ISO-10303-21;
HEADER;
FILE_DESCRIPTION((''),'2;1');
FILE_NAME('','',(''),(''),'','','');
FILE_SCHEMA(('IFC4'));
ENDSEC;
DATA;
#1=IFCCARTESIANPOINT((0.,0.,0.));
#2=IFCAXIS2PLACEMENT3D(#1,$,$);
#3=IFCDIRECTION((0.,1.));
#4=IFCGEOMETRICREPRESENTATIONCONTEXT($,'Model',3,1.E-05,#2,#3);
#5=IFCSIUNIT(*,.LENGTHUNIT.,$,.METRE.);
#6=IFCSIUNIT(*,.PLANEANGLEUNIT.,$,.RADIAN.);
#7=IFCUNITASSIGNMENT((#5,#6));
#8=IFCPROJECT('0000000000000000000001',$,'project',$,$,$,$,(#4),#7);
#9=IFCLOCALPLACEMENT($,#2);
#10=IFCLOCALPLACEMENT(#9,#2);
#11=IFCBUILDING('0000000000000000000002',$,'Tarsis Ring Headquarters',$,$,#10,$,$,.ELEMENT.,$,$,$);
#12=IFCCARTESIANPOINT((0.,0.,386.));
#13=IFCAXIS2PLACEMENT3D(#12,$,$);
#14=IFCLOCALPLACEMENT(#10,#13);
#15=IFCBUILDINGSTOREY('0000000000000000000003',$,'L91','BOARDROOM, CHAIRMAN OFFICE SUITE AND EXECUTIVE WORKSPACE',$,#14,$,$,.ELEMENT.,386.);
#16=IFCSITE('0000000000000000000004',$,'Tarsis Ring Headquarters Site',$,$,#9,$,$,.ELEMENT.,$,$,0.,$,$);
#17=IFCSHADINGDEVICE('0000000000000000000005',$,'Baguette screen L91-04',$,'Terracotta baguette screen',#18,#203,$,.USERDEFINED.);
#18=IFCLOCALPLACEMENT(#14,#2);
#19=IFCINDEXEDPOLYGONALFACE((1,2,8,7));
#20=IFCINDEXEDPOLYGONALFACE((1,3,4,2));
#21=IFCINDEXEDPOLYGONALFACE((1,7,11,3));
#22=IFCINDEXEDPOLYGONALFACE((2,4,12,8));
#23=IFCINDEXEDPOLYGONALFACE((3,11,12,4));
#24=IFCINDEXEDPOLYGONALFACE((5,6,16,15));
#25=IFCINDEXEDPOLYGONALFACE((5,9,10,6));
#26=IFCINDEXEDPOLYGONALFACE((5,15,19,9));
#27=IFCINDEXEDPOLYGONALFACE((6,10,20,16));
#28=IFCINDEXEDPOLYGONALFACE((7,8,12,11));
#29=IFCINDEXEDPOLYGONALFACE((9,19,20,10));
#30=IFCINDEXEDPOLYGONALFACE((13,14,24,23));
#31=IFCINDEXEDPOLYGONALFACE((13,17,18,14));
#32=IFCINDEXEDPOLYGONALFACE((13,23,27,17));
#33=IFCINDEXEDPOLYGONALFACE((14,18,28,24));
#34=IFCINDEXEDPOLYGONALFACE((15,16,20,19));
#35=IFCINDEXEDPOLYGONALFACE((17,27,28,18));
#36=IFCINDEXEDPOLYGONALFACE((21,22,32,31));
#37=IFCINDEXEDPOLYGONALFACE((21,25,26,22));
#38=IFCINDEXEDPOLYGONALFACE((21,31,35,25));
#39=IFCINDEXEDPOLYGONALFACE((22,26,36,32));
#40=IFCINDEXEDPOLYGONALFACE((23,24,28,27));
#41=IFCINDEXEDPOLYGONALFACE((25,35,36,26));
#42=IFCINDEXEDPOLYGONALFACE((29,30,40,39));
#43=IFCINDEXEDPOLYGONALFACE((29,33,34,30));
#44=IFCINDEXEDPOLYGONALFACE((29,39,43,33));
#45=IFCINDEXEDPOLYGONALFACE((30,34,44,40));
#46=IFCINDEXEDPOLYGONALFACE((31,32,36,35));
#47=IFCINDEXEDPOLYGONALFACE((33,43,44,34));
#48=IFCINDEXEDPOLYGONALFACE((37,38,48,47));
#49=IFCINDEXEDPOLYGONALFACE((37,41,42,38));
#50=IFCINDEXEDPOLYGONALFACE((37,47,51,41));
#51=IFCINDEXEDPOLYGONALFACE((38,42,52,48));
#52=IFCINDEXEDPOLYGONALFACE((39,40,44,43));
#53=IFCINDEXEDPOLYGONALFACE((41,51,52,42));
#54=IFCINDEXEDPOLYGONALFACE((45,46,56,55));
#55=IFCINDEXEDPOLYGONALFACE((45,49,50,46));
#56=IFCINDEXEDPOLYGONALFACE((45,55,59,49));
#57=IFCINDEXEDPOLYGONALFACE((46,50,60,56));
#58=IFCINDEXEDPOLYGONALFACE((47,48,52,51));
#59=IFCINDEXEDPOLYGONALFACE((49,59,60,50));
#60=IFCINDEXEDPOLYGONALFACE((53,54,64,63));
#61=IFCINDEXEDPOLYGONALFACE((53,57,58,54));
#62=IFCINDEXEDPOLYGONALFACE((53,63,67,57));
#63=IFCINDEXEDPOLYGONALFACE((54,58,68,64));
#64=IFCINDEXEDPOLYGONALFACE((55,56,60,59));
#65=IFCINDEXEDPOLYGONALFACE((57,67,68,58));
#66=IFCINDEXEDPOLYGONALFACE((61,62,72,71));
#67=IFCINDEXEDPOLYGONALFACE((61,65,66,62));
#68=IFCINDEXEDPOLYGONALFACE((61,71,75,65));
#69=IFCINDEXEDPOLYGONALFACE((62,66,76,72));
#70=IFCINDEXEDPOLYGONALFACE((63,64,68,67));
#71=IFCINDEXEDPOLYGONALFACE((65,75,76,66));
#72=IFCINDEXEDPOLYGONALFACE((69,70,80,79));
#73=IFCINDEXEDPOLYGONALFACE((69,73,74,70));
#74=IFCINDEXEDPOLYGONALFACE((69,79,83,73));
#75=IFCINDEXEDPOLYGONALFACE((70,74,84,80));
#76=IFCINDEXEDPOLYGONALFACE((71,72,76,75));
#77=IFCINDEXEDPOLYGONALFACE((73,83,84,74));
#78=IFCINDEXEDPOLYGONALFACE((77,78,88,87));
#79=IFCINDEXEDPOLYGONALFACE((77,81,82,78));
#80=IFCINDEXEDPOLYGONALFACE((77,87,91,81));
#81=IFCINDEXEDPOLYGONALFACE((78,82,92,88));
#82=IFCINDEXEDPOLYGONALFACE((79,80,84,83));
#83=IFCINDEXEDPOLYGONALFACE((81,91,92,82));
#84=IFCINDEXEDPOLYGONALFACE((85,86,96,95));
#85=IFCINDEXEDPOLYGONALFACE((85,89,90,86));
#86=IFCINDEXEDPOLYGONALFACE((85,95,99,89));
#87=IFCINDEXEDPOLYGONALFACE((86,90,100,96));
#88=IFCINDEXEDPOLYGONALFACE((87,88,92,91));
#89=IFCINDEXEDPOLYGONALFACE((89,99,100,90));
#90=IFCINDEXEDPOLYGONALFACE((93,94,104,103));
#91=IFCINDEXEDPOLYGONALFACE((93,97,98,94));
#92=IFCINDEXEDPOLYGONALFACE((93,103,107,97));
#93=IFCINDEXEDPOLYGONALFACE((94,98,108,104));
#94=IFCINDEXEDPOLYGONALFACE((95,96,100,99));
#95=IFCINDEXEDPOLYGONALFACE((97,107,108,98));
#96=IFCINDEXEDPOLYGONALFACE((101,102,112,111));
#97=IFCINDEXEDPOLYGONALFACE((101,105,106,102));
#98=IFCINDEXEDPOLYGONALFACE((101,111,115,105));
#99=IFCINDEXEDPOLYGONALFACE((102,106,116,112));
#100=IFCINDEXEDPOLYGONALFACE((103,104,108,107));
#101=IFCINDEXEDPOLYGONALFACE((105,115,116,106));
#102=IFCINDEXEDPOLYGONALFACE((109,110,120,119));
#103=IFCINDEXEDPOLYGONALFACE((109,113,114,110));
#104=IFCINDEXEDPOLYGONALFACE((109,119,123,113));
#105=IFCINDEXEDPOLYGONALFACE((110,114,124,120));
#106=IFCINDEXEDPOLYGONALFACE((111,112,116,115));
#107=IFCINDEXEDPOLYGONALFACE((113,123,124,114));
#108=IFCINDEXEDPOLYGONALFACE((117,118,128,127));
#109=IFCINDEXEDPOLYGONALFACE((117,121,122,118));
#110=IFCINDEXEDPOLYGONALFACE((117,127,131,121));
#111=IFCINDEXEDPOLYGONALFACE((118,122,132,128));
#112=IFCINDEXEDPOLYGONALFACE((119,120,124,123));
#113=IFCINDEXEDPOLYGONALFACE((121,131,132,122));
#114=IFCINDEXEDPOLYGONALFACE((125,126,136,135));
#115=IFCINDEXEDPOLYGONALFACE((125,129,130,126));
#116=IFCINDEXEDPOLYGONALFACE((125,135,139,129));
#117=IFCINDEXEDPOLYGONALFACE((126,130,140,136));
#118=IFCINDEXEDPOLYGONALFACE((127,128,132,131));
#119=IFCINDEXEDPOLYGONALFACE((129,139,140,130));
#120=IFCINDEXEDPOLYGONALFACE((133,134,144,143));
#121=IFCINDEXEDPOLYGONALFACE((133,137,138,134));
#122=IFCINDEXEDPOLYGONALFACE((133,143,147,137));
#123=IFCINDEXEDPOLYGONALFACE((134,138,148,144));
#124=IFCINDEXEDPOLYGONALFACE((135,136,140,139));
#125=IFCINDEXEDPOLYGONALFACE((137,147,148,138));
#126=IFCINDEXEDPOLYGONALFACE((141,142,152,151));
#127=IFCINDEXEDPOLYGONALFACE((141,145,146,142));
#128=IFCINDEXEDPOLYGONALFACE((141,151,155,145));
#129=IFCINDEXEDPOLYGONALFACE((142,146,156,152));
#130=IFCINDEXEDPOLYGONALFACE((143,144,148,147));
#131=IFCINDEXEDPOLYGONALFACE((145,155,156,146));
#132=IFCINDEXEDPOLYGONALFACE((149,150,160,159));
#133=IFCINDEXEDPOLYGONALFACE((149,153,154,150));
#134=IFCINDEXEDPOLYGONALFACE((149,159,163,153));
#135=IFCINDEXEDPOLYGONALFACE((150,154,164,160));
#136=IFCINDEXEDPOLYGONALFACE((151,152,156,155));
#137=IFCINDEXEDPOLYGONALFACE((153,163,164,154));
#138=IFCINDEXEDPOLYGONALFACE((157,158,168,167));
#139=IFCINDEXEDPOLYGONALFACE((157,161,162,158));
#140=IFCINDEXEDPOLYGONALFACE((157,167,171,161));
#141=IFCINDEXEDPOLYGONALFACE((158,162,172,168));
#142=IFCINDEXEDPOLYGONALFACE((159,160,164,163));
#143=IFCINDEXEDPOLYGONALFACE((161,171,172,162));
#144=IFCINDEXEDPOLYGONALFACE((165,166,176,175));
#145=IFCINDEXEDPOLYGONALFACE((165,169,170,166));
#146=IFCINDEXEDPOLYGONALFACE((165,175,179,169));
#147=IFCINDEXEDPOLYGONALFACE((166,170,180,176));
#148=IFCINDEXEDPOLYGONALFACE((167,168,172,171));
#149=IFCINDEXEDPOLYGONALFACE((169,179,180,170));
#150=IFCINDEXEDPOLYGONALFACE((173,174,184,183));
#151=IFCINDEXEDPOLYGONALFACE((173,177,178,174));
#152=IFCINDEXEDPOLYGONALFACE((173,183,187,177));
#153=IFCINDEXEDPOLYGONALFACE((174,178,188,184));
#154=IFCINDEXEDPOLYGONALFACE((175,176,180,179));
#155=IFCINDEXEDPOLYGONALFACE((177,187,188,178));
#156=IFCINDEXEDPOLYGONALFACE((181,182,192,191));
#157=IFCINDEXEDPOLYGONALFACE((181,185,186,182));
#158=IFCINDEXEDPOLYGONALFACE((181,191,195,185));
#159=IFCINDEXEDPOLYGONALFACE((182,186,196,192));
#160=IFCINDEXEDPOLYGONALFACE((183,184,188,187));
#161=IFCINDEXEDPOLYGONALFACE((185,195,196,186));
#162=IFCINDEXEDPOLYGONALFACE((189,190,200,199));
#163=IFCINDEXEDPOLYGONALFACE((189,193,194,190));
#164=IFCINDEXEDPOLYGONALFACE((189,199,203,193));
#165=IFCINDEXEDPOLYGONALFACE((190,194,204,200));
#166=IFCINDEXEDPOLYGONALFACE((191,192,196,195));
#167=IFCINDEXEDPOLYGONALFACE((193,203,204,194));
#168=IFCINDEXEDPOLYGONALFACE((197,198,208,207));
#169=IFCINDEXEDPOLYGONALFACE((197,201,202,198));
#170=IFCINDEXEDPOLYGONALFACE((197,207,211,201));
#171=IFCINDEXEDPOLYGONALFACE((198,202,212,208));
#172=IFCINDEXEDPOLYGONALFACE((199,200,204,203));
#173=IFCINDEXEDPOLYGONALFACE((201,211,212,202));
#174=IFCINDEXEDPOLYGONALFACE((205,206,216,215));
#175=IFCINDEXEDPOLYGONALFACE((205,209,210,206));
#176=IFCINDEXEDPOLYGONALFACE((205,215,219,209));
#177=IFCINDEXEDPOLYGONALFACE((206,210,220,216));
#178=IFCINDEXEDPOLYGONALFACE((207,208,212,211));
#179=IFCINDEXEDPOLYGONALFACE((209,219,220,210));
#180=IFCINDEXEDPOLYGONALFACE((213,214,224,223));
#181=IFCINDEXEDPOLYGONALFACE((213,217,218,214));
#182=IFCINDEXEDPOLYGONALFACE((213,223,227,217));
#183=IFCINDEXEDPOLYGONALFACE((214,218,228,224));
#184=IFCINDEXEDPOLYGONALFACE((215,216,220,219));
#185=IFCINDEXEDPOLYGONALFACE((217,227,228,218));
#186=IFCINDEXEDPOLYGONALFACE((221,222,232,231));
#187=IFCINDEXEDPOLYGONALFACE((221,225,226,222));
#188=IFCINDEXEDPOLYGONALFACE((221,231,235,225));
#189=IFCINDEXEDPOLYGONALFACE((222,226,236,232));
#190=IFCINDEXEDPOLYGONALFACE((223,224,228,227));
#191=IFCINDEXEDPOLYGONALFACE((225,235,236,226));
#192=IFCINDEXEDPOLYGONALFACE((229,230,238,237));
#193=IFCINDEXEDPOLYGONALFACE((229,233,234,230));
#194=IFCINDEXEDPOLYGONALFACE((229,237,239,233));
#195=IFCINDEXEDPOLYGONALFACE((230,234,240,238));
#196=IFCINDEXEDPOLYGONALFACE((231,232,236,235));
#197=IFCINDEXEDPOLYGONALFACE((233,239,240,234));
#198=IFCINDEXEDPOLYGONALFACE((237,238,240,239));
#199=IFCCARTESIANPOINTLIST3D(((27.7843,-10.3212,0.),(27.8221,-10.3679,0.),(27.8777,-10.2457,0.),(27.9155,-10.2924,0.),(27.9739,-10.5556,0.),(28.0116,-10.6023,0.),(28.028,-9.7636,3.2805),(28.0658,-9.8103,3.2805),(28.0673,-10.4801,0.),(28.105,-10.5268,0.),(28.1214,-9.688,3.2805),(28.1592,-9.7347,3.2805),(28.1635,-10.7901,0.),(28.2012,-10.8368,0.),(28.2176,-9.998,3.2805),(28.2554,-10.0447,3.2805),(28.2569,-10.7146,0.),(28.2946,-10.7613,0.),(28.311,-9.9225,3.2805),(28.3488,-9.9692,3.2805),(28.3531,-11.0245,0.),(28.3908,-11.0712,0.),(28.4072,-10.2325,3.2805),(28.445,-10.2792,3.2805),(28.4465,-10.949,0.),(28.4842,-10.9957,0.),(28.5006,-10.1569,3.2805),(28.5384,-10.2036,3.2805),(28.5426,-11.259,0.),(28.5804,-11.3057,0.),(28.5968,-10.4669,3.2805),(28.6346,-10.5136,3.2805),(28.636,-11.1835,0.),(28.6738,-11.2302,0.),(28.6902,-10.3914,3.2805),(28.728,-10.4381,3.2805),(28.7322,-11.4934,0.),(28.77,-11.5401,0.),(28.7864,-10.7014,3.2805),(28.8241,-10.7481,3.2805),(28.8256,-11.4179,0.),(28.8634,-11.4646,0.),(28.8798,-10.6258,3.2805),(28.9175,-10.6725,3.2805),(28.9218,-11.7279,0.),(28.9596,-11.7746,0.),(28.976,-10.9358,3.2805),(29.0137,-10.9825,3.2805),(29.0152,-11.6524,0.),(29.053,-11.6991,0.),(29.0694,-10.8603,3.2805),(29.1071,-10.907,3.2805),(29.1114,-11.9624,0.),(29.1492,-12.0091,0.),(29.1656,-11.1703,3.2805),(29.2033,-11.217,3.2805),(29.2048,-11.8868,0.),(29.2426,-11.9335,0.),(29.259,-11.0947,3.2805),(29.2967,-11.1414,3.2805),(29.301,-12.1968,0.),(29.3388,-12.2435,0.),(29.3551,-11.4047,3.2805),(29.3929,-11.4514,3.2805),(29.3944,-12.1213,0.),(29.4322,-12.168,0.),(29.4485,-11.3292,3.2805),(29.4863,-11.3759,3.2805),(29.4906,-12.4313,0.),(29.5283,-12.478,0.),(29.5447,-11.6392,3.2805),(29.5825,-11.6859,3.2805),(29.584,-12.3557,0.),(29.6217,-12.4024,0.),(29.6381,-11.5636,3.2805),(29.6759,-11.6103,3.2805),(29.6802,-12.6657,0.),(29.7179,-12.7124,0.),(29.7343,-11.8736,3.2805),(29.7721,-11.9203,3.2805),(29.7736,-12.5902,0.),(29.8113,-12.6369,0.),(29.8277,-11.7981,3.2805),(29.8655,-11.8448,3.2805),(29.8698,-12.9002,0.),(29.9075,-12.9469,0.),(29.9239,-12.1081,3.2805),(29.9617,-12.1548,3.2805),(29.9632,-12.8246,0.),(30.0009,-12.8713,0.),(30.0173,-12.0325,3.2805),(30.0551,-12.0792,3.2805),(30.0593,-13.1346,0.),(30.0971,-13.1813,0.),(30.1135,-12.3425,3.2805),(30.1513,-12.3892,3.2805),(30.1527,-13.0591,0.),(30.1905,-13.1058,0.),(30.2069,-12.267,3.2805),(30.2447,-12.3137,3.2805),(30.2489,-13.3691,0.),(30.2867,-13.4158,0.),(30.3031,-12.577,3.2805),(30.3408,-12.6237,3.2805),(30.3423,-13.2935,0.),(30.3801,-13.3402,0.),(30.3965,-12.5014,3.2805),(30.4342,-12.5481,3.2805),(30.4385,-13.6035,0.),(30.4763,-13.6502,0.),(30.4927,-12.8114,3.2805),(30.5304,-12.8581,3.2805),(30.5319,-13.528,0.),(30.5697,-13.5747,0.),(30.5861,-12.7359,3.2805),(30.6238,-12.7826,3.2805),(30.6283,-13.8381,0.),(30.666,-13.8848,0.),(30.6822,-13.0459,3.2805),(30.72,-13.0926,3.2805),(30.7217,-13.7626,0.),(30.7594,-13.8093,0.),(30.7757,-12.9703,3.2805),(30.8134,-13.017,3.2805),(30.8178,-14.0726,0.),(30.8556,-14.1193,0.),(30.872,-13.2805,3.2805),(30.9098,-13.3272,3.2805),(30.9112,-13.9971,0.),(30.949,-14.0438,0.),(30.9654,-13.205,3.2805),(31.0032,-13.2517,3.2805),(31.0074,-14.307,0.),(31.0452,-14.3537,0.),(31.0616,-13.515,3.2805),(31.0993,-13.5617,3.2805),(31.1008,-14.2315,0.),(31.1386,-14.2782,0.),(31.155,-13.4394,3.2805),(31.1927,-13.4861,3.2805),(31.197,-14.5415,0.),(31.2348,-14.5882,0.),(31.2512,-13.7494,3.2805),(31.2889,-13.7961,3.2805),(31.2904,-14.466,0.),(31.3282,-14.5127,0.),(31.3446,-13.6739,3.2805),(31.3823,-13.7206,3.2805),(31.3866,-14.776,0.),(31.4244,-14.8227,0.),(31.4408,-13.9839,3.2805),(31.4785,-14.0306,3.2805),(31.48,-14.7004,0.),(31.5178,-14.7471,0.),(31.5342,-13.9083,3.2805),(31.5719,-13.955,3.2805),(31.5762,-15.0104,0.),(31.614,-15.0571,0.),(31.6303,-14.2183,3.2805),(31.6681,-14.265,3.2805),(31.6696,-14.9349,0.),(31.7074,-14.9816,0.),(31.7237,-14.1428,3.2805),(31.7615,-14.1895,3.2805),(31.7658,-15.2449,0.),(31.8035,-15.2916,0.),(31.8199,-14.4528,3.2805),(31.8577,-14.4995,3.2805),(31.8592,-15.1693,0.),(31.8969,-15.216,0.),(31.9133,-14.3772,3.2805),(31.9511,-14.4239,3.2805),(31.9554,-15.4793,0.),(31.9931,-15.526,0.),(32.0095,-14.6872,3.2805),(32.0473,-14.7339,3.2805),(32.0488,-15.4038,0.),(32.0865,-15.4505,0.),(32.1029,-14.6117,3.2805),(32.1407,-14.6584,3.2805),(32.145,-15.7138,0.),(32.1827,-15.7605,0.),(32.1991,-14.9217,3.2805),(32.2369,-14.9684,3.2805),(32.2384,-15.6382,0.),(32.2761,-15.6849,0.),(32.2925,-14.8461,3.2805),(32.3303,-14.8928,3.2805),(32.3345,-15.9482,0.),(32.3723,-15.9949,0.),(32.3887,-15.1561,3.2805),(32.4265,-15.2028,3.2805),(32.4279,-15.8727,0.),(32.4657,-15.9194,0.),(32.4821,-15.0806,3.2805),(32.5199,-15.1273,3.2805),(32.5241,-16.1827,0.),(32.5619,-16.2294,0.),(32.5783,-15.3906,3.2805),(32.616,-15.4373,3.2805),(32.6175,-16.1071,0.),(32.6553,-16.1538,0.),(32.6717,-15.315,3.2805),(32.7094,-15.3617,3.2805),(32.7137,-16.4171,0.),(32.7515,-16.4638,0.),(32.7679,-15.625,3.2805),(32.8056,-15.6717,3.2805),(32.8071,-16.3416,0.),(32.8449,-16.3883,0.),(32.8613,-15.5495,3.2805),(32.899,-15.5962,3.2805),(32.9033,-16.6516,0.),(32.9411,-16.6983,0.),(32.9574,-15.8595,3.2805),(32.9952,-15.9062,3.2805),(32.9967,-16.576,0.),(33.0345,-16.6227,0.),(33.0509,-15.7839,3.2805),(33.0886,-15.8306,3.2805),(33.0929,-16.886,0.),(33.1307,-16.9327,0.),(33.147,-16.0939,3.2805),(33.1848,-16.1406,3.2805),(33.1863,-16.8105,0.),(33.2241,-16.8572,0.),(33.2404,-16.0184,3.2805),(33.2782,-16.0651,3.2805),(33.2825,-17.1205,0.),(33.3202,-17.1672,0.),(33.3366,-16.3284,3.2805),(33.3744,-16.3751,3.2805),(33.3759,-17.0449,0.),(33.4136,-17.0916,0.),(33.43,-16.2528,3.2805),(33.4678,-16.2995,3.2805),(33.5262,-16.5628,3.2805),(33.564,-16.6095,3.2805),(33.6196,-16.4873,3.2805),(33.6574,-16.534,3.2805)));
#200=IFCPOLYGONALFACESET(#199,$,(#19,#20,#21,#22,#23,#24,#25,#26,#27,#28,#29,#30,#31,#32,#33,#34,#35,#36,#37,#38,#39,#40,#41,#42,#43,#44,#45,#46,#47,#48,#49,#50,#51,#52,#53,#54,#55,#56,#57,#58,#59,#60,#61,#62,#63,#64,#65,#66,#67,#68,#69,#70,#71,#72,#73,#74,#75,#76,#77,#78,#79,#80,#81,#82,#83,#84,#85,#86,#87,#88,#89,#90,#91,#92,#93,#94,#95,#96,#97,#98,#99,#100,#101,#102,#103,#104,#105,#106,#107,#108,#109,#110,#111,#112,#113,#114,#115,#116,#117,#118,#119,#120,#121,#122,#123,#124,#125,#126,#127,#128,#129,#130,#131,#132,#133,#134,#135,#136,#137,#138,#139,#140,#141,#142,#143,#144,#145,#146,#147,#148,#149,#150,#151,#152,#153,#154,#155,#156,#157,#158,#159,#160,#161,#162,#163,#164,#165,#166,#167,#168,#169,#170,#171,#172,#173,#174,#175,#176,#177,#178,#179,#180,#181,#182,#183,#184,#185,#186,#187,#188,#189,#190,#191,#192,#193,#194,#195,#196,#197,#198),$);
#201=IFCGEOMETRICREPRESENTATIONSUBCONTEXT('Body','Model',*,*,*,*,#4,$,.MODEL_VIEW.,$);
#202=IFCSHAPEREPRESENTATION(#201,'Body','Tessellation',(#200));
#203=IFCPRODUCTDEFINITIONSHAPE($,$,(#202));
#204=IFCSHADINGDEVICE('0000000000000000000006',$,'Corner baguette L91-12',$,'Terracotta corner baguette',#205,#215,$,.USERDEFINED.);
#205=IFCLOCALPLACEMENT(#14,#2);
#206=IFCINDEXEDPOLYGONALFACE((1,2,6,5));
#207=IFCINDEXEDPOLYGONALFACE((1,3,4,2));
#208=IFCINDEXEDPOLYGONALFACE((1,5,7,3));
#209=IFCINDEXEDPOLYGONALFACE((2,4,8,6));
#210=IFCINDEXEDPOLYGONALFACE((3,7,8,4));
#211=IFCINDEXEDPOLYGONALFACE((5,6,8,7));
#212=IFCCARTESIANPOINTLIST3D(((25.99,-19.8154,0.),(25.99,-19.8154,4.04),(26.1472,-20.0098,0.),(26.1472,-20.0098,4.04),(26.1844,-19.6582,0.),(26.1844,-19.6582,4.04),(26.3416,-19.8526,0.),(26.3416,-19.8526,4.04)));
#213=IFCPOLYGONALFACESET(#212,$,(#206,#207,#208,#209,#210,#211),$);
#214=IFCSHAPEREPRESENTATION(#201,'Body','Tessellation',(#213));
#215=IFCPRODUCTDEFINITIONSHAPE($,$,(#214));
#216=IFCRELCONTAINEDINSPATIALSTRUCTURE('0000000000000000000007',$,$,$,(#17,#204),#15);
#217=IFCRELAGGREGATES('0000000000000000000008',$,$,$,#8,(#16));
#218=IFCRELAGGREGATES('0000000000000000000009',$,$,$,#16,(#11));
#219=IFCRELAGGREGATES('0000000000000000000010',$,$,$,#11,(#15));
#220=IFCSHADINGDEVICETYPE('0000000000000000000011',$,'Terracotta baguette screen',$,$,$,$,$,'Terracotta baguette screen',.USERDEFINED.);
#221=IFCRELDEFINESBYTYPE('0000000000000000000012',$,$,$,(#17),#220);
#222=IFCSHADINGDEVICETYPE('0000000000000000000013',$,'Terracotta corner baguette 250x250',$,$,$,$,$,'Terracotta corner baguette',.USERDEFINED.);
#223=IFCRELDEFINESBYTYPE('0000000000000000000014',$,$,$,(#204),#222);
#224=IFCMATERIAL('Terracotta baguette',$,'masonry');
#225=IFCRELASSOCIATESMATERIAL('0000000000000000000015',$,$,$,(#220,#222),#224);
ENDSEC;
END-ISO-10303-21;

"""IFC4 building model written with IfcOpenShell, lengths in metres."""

from ifc_helpers import new_model, si_unit, direction, frame, frame_2d, origin, origin_2d, place, context, subcontext, project, spatial, rectangle, composite_profile, extrude, material, type_object, element, save


model = new_model("IFC4")

# Units and contexts
model_context = context("Model", 3, precision=1e-05, world=origin(), true_north=direction((0.0, 1.0)))
body_context = subcontext(model_context, "Body", "Model", "MODEL_VIEW")
ifc_project = project(units=[si_unit("LENGTHUNIT", "METRE"), si_unit("PLANEANGLEUNIT", "RADIAN")], contexts=[model_context])

# Site, building, storey
site_placement = place(None, origin())
site = spatial("IfcSite", under=ifc_project, at=site_placement, Name="Tarsis Ring Headquarters Site", CompositionType="ELEMENT", RefElevation=0.0)
building_placement = place(site_placement, origin())
building = spatial("IfcBuilding", under=site, at=building_placement, Name="Tarsis Ring Headquarters", CompositionType="ELEMENT")
storey_placement = place(building_placement, frame((0.0, 0.0, 386.0)))
storey = spatial("IfcBuildingStorey", under=building, at=storey_placement, Name="L91", Description="BOARDROOM, CHAIRMAN OFFICE SUITE AND EXECUTIVE WORKSPACE", CompositionType="ELEMENT", Elevation=386.0)

# Shading devices
ifc_material_1 = material(Name="Terracotta baguette", Category="masonry")
shading_device_type_1 = type_object("IfcShadingDeviceType", Name="Terracotta baguette screen", ElementType="Terracotta baguette screen", PredefinedType="USERDEFINED", material=ifc_material_1)
shading_device_placement = place(storey_placement, frame((33.3669, -17.1294, 0.0), z_axis=(0.0, 0.0, 1.0), x_axis=(-0.628789, 0.777584, 0.0)))
element("IfcShadingDevice", 1, at=shading_device_placement, inside=storey, type_object=shading_device_type_1, Name="Baguette screen L91-04", ObjectType="Terracotta baguette screen", PredefinedType="USERDEFINED", context=body_context, shape_type="SweptSolid", body=[
    extrude(composite_profile([rectangle(XDim=0.0601, YDim=0.1201, at=frame_2d((0.03, 0.0))), rectangle(XDim=0.0601, YDim=0.1201, at=frame_2d((0.3315, 0.0))), rectangle(XDim=0.0601, YDim=0.1201, at=frame_2d((0.6331, 0.0))), rectangle(XDim=0.0601, YDim=0.1201, at=frame_2d((0.9346, 0.0))), rectangle(XDim=0.0601, YDim=0.1201, at=frame_2d((1.2361, 0.0))), rectangle(XDim=0.0601, YDim=0.1201, at=frame_2d((1.5376, 0.0))), rectangle(XDim=0.0601, YDim=0.1201, at=frame_2d((1.8391, 0.0))), rectangle(XDim=0.0601, YDim=0.1201, at=frame_2d((2.1406, 0.0))), rectangle(XDim=0.0601, YDim=0.1201, at=frame_2d((2.4421, 0.0))), rectangle(XDim=0.0601, YDim=0.1201, at=frame_2d((2.7437, 0.0))), rectangle(XDim=0.0601, YDim=0.1201, at=frame_2d((3.0452, 0.0))), rectangle(XDim=0.0601, YDim=0.1201, at=frame_2d((3.3467, 0.0))), rectangle(XDim=0.0601, YDim=0.1201, at=frame_2d((3.6482, 0.0))), rectangle(XDim=0.0601, YDim=0.1201, at=frame_2d((3.9497, 0.0))), rectangle(XDim=0.0601, YDim=0.1201, at=frame_2d((4.2512, 0.0))), rectangle(XDim=0.0601, YDim=0.1201, at=frame_2d((4.553, 0.0))), rectangle(XDim=0.0601, YDim=0.1201, at=frame_2d((4.8545, 0.0))), rectangle(XDim=0.0601, YDim=0.1201, at=frame_2d((5.156, 0.0))), rectangle(XDim=0.0601, YDim=0.1201, at=frame_2d((5.4575, 0.0))), rectangle(XDim=0.0601, YDim=0.1201, at=frame_2d((5.759, 0.0))), rectangle(XDim=0.0601, YDim=0.1201, at=frame_2d((6.0605, 0.0))), rectangle(XDim=0.0601, YDim=0.1201, at=frame_2d((6.3621, 0.0))), rectangle(XDim=0.0601, YDim=0.1201, at=frame_2d((6.6636, 0.0))), rectangle(XDim=0.0601, YDim=0.1201, at=frame_2d((6.9651, 0.0))), rectangle(XDim=0.0601, YDim=0.1201, at=frame_2d((7.2666, 0.0))), rectangle(XDim=0.0601, YDim=0.1201, at=frame_2d((7.5681, 0.0))), rectangle(XDim=0.0601, YDim=0.1201, at=frame_2d((7.8696, 0.0))), rectangle(XDim=0.0601, YDim=0.1201, at=frame_2d((8.1711, 0.0))), rectangle(XDim=0.0601, YDim=0.1201, at=frame_2d((8.4727, 0.0))), rectangle(XDim=0.0601, YDim=0.1201, at=frame_2d((8.7742, 0.0)))]), origin(), (0.084027, -0.161896, 0.983224), 3.3364),
])
shading_device_type_2 = type_object("IfcShadingDeviceType", Name="Terracotta corner baguette 250x250", ElementType="Terracotta corner baguette", PredefinedType="USERDEFINED", material=ifc_material_1)
for number, where, z_axis, x_axis, name in (
    (2, (26.1658, -19.834, 0.0), (0.0, 0.0, 1.0), (0.777585, 0.628778, 0.0), "Corner baguette L91-12"),
):
    element("IfcShadingDevice", number, at=place(storey_placement, frame(where, z_axis=z_axis, x_axis=x_axis)), inside=storey, type_object=shading_device_type_2, Name=name, ObjectType="Terracotta corner baguette", PredefinedType="USERDEFINED", context=body_context, shape_type="SweptSolid", body=[
        extrude(rectangle(XDim=0.25, YDim=0.25, at=origin_2d()), origin(), (0.0, 0.0, 1.0), 4.04),
    ])

save(model, "model.ifc")
